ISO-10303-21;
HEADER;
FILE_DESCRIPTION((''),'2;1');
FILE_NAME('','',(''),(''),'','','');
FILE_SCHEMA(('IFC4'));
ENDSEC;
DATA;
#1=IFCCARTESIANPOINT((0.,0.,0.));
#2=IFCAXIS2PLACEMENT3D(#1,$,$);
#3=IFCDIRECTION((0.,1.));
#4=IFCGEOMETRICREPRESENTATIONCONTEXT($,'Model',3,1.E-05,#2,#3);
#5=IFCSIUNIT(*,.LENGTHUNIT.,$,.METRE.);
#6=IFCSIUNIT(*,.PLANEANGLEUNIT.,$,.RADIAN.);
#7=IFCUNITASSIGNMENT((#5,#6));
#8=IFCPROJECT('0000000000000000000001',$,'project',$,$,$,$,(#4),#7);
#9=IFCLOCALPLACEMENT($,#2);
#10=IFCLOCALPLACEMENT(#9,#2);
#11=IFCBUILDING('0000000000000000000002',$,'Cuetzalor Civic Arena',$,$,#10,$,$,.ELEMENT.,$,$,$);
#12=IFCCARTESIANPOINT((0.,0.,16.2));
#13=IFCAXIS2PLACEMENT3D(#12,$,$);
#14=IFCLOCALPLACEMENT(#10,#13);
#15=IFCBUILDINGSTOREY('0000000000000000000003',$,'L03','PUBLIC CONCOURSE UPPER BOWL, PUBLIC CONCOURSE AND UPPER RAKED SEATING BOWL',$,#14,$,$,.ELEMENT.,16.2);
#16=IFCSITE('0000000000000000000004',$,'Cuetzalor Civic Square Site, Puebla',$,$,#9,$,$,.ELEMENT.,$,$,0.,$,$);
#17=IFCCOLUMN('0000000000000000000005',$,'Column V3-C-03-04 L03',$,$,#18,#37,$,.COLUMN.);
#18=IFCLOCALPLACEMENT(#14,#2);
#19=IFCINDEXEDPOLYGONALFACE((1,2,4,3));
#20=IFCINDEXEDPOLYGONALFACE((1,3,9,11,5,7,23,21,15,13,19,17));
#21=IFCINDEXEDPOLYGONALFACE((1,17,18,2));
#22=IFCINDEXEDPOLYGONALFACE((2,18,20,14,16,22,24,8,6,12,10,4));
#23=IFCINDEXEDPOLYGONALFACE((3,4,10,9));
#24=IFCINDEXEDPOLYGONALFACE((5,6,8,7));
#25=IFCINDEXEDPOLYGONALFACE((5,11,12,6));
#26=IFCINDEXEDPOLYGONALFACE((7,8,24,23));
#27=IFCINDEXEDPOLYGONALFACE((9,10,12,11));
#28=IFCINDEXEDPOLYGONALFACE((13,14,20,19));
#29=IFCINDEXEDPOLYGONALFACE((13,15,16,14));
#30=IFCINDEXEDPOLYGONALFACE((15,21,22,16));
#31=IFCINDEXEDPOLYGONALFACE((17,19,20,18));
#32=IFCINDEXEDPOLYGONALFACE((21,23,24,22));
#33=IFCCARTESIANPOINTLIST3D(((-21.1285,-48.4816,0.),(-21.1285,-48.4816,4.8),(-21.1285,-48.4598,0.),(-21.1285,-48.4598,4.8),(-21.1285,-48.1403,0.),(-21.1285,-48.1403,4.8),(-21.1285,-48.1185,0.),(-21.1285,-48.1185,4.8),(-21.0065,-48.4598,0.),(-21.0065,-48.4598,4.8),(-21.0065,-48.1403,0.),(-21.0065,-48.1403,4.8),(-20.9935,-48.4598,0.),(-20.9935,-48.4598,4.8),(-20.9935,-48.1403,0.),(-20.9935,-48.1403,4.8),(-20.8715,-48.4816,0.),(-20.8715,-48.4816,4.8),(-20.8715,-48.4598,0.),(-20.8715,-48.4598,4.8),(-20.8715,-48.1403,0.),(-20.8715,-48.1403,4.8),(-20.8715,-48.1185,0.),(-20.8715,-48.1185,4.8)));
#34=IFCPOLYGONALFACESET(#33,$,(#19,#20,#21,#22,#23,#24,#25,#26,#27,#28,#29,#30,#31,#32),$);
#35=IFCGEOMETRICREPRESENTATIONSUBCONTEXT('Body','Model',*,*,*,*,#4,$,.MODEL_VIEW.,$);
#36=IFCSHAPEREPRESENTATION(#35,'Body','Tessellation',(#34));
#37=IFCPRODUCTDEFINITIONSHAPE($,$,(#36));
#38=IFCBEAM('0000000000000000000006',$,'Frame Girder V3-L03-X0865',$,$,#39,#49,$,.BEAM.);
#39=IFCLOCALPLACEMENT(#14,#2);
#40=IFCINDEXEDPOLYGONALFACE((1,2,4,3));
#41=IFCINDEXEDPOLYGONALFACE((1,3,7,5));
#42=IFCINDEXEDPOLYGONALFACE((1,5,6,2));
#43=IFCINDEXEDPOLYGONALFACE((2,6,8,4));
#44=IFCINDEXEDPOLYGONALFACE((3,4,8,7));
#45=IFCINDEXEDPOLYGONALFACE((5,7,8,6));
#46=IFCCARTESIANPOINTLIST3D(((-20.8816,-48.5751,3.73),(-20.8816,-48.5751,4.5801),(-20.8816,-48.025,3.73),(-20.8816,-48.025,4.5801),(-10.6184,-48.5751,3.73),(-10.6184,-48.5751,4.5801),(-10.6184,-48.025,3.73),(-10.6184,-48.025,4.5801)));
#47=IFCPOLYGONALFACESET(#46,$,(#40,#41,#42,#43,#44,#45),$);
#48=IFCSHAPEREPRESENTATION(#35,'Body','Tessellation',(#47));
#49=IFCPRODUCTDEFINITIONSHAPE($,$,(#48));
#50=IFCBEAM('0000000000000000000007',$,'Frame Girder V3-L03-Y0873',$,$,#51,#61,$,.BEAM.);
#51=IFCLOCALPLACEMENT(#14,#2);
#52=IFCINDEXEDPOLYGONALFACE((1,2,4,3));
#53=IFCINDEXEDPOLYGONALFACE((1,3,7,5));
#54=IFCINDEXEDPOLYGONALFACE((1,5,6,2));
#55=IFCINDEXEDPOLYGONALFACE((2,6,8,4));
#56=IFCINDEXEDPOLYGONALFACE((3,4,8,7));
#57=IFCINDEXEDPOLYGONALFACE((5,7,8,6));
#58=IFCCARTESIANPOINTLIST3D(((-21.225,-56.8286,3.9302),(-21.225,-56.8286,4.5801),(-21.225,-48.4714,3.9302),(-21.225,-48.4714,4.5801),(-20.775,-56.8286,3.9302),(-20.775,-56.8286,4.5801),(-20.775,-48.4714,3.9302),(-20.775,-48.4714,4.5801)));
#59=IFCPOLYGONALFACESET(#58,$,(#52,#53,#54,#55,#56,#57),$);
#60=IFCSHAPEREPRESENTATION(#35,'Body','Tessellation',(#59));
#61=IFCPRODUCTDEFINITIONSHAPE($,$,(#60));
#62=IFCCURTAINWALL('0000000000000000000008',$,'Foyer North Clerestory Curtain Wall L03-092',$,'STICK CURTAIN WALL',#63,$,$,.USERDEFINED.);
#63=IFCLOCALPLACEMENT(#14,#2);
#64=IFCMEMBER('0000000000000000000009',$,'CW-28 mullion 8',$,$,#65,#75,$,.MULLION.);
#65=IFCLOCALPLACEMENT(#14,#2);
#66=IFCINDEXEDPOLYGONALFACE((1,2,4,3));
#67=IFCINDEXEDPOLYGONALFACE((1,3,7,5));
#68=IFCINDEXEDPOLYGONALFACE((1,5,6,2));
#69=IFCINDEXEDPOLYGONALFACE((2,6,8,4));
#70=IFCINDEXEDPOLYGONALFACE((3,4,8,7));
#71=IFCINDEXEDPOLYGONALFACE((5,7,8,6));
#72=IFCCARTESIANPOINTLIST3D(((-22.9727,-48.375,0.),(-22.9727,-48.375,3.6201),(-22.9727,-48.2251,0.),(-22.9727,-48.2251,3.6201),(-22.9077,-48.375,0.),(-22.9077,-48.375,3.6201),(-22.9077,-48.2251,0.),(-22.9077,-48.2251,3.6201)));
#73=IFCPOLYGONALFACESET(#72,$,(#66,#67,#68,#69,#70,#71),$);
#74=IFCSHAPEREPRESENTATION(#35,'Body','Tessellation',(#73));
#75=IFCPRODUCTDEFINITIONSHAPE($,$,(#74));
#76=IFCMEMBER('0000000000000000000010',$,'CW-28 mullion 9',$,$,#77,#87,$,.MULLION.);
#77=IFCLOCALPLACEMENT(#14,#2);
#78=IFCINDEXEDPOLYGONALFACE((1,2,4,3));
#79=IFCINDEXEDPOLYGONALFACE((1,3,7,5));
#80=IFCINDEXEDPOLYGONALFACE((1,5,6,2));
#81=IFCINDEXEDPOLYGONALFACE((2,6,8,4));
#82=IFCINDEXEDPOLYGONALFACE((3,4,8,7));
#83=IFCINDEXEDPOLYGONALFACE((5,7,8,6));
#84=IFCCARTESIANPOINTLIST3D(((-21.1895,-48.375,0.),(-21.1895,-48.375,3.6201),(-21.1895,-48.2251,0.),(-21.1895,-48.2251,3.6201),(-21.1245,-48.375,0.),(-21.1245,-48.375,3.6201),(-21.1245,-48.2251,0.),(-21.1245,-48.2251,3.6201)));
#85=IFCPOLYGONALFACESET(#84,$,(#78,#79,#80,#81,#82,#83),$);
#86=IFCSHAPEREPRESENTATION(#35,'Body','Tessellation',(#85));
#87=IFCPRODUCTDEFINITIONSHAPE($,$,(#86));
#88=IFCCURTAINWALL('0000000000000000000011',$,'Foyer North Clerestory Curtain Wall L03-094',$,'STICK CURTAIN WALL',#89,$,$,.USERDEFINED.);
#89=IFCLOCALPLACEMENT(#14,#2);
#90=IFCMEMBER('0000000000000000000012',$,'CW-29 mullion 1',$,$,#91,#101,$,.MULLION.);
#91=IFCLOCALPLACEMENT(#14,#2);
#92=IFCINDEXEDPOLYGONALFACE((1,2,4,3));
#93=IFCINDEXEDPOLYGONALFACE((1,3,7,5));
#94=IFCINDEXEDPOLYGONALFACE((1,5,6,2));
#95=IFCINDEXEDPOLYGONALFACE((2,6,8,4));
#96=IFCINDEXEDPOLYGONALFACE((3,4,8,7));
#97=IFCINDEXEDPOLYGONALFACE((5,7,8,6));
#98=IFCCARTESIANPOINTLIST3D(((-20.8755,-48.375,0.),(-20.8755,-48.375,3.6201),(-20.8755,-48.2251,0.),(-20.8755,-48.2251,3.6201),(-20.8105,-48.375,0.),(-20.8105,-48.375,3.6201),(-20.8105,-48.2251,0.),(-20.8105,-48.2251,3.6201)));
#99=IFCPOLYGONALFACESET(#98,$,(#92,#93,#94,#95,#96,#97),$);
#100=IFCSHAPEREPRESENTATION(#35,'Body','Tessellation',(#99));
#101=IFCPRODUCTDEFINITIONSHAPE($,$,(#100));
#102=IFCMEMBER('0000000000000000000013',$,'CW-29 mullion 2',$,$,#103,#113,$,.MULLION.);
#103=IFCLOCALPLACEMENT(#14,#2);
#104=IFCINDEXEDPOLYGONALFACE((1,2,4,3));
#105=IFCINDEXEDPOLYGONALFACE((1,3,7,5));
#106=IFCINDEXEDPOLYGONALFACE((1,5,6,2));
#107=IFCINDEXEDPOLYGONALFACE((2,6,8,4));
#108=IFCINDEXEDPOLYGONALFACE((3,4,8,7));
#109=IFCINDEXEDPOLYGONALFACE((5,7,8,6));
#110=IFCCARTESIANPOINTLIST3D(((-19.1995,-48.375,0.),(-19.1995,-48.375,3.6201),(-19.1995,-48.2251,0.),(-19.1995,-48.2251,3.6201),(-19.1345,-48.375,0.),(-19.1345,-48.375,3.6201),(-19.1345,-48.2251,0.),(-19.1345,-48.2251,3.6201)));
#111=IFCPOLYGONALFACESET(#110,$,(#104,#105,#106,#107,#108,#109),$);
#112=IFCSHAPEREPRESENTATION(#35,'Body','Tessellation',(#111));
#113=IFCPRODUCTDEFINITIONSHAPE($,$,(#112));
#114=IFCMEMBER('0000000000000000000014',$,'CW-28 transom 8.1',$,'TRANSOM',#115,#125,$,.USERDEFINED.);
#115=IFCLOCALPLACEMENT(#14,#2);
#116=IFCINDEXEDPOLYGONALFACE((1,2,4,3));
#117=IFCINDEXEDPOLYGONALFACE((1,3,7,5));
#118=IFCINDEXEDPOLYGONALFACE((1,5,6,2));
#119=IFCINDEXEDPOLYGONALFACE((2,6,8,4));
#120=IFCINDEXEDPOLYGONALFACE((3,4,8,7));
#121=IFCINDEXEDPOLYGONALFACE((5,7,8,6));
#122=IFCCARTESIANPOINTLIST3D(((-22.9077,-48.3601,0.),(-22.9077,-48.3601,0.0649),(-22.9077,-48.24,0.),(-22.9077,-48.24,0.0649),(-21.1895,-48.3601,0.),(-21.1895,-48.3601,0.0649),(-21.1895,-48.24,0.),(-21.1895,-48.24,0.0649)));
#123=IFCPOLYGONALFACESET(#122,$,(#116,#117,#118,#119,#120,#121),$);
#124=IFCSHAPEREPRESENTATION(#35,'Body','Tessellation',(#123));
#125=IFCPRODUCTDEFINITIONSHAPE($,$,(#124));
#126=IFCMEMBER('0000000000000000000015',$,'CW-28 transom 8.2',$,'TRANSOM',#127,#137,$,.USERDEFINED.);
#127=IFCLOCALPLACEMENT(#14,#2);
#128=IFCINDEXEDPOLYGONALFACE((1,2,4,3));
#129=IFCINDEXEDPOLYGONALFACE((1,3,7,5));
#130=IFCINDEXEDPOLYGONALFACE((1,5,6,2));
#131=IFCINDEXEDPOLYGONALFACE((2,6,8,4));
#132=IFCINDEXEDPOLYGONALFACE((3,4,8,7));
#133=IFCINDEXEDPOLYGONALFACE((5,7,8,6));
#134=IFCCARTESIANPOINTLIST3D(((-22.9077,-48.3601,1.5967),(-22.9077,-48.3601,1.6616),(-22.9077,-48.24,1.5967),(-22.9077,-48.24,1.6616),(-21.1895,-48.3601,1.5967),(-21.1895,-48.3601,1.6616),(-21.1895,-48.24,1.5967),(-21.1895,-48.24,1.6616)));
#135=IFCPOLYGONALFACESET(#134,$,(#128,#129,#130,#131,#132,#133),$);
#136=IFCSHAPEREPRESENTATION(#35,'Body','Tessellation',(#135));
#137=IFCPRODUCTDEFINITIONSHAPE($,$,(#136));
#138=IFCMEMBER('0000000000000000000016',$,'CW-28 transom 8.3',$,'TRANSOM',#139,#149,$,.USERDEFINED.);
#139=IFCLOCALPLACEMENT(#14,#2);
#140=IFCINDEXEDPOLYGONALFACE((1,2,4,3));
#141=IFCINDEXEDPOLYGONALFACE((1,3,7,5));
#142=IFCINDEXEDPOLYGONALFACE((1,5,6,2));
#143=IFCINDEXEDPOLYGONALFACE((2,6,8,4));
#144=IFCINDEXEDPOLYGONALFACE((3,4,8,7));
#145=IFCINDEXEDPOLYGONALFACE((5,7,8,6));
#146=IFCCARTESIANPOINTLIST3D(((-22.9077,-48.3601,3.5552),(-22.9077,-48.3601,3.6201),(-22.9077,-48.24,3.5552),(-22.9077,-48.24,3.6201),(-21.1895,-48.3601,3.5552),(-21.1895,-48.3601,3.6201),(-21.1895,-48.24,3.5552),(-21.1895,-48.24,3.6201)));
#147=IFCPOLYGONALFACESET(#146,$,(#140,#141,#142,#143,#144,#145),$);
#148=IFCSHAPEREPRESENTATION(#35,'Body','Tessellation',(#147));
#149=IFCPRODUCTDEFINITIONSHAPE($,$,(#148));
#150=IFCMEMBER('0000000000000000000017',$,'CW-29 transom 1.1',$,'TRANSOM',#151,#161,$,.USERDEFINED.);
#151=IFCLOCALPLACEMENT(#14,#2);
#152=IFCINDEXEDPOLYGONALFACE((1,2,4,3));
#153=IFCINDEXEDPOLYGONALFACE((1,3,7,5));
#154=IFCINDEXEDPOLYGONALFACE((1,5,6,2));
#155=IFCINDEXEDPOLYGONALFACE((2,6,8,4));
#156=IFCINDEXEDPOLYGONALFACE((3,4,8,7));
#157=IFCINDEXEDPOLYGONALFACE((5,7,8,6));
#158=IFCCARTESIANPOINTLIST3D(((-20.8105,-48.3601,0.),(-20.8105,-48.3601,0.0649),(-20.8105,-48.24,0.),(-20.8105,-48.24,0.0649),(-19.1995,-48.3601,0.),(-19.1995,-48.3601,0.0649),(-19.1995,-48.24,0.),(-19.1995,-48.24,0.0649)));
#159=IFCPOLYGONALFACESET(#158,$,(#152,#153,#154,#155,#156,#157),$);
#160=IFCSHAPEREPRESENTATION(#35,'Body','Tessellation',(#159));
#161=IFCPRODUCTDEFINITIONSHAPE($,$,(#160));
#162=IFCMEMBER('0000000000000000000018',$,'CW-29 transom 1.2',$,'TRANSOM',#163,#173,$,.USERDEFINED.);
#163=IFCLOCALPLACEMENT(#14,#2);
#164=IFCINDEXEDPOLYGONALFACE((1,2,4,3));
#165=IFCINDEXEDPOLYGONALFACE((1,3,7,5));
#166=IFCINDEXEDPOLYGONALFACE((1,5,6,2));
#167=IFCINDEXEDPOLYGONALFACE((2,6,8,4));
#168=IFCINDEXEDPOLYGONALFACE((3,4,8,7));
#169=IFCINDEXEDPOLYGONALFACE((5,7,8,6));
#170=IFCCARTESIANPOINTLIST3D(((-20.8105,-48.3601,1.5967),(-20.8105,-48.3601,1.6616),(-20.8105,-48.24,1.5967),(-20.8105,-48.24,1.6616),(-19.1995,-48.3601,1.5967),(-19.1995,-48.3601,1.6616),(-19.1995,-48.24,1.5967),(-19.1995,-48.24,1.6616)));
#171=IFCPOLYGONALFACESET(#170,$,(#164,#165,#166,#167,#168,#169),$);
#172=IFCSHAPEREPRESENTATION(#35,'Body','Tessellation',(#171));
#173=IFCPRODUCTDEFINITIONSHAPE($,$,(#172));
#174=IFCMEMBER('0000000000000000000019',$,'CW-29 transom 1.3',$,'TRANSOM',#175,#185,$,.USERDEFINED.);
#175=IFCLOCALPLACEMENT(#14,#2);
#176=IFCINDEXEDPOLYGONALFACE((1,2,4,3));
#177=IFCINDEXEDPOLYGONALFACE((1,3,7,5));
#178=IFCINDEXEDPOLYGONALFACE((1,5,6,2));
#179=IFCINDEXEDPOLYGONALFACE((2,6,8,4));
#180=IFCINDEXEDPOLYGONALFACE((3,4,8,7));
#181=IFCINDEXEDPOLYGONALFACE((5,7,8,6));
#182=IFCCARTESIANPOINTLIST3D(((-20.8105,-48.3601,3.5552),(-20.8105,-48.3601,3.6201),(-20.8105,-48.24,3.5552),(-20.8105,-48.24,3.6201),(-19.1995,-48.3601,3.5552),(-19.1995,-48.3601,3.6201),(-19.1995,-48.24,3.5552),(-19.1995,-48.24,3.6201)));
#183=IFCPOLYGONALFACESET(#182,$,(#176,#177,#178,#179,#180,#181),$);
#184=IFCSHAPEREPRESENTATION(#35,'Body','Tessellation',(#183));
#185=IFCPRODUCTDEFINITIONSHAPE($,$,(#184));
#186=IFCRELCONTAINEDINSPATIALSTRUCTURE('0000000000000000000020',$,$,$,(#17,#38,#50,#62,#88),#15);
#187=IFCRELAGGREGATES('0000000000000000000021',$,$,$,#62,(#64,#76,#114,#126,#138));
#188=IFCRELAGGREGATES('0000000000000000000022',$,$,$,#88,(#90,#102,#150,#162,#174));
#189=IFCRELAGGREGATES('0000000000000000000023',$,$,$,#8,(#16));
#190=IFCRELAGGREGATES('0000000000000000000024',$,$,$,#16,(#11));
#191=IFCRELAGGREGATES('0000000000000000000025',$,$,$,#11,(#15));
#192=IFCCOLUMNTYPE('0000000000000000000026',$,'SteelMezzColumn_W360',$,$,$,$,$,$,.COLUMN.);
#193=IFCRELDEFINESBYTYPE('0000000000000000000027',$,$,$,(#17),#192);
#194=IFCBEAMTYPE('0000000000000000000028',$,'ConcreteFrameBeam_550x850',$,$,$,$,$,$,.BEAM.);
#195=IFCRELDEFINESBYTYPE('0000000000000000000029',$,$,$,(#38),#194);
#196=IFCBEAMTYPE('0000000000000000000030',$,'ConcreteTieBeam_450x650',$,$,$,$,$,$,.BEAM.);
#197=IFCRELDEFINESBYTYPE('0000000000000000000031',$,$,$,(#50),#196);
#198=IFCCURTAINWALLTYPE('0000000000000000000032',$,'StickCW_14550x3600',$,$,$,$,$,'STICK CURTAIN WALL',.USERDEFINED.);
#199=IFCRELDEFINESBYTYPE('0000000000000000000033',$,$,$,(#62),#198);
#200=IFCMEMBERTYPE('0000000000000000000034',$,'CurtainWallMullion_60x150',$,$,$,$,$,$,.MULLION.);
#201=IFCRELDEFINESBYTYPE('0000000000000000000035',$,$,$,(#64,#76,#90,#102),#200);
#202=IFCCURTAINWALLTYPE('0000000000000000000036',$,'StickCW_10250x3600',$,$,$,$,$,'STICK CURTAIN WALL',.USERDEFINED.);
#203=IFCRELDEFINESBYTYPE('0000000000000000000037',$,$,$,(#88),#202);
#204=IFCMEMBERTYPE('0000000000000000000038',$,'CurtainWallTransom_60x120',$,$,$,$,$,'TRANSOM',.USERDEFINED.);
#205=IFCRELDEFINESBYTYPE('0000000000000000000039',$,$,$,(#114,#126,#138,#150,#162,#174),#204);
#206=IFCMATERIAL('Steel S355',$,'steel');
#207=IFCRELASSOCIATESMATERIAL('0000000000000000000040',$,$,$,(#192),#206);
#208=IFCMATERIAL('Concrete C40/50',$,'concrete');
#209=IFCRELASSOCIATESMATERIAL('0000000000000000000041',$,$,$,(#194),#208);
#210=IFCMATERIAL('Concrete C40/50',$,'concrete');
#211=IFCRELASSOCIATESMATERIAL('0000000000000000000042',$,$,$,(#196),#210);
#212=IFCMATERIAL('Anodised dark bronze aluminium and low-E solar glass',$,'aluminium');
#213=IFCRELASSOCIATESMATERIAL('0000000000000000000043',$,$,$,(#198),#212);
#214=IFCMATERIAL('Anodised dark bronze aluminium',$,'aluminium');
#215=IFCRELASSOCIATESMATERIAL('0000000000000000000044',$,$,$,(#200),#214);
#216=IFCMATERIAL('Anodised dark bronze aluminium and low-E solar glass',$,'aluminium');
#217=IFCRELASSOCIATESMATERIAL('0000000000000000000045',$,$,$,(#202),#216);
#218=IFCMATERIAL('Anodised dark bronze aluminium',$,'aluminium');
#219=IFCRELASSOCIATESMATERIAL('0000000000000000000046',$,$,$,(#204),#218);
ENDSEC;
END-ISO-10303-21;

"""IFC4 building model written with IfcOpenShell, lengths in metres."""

from ifc_helpers import new_model, si_unit, direction, frame, origin, origin_2d, place, context, subcontext, project, spatial, rectangle, i_section, extrude, material, material_profile, profile_set, type_object, element, aggregate, save


model = new_model("IFC4")

# Units and contexts
model_context = context("Model", 3, precision=1e-05, world=origin(), true_north=direction((0.0, 1.0)))
body_context = subcontext(model_context, "Body", "Model", "MODEL_VIEW")
ifc_project = project(units=[si_unit("LENGTHUNIT", "METRE"), si_unit("PLANEANGLEUNIT", "RADIAN")], contexts=[model_context])

# Site, building, storey
site_placement = place(None, origin())
site = spatial("IfcSite", under=ifc_project, at=site_placement, Name="Cuetzalor Civic Square Site, Puebla", CompositionType="ELEMENT", RefElevation=0.0)
building_placement = place(site_placement, origin())
building = spatial("IfcBuilding", under=site, at=building_placement, Name="Cuetzalor Civic Arena", CompositionType="ELEMENT")
storey_placement = place(building_placement, frame((0.0, 0.0, 16.2)))
storey = spatial("IfcBuildingStorey", under=building, at=storey_placement, Name="L03", Description="PUBLIC CONCOURSE UPPER BOWL, PUBLIC CONCOURSE AND UPPER RAKED SEATING BOWL", CompositionType="ELEMENT", Elevation=16.2)

# Column
ifc_material_1 = material(Name="Steel S355", Category="steel")
ifc_material_profile_1 = material_profile(ifc_material_1, i_section(OverallWidth=0.2571, OverallDepth=0.363, WebThickness=0.0129, FlangeThickness=0.0217, at=origin_2d()), Name="W360x122")
ifc_profile_set_1 = profile_set([ifc_material_profile_1], Name="Steel S355")
column_type = type_object("IfcColumnType", Name="SteelMezzColumn_W360", PredefinedType="COLUMN", material=ifc_profile_set_1)
column_placement = place(storey_placement, frame((-21.0, -48.3, 0.0), z_axis=(0.0, 0.0, 1.0), x_axis=(1.0, 0.0, 0.0)))
element("IfcColumn", 1, at=column_placement, inside=storey, type_object=column_type, Name="Column V3-C-03-04 L03", PredefinedType="COLUMN", context=body_context, shape_type="SweptSolid", body=[
    extrude(i_section(OverallWidth=0.2571, OverallDepth=0.363, WebThickness=0.0129, FlangeThickness=0.0217, at=origin_2d()), origin(), (0.0, 0.0, 1.0), 4.8),
])

# Beams
ifc_material_2 = material(Name="Concrete C40/50", Category="concrete")
ifc_material_profile_2 = material_profile(ifc_material_2, rectangle(XDim=0.55, YDim=0.8501, at=origin_2d()), Name="RC 550x850")
ifc_profile_set_2 = profile_set([ifc_material_profile_2], Name="Concrete C40/50")
beam_type_1 = type_object("IfcBeamType", Name="ConcreteFrameBeam_550x850", PredefinedType="BEAM", material=ifc_profile_set_2)
beam_1_placement = place(storey_placement, frame((-20.8816, -48.3, 4.155), z_axis=(1.0, 0.0, 0.0), x_axis=(0.0, 1.0, 0.0)))
element("IfcBeam", 2, at=beam_1_placement, inside=storey, type_object=beam_type_1, Name="Frame Girder V3-L03-X0865", PredefinedType="BEAM", context=body_context, shape_type="SweptSolid", body=[
    extrude(rectangle(XDim=0.55, YDim=0.8501, at=origin_2d()), origin(), (0.0, 0.0, 1.0), 10.2632),
])
ifc_material_3 = material(Name="Concrete C40/50", Category="concrete")
ifc_material_profile_3 = material_profile(ifc_material_3, rectangle(XDim=0.45, YDim=0.6499, at=origin_2d()), Name="RC 450x650")
ifc_profile_set_3 = profile_set([ifc_material_profile_3], Name="Concrete C40/50")
beam_type_2 = type_object("IfcBeamType", Name="ConcreteTieBeam_450x650", PredefinedType="BEAM", material=ifc_profile_set_3)
beam_2_placement = place(storey_placement, frame((-21.0, -56.8286, 4.2551), z_axis=(0.0, 1.0, 0.0), x_axis=(-1.0, 0.0, 0.0)))
element("IfcBeam", 3, at=beam_2_placement, inside=storey, type_object=beam_type_2, Name="Frame Girder V3-L03-Y0873", PredefinedType="BEAM", context=body_context, shape_type="SweptSolid", body=[
    extrude(rectangle(XDim=0.45, YDim=0.6499, at=origin_2d()), origin(), (0.0, 0.0, 1.0), 8.3572),
])

# Curtain walls, members
ifc_material_4 = material(Name="Anodised dark bronze aluminium and low-E solar glass", Category="aluminium")
curtain_wall_type_1 = type_object("IfcCurtainWallType", Name="StickCW_14550x3600", ElementType="STICK CURTAIN WALL", PredefinedType="USERDEFINED", material=ifc_material_4)
curtain_wall_1_placement = place(storey_placement, origin())
curtain_wall_1 = element("IfcCurtainWall", 4, at=curtain_wall_1_placement, inside=storey, type_object=curtain_wall_type_1, Name="Foyer North Clerestory Curtain Wall L03-092", ObjectType="STICK CURTAIN WALL", PredefinedType="USERDEFINED")
ifc_material_5 = material(Name="Anodised dark bronze aluminium", Category="aluminium")
ifc_material_profile_4 = material_profile(ifc_material_5, rectangle(XDim=0.0649, YDim=0.1499, at=origin_2d()), Name="ALU MULLION 65x150")
ifc_profile_set_4 = profile_set([ifc_material_profile_4], Name="Anodised dark bronze aluminium")
member_type_1 = type_object("IfcMemberType", Name="CurtainWallMullion_60x150", PredefinedType="MULLION", material=ifc_profile_set_4)
member_1_placement = place(storey_placement, frame((-22.9402, -48.3, 0.0), z_axis=(0.0, 0.0, 1.0), x_axis=(1.0, 0.0, 0.0)))
member_1 = element("IfcMember", 5, at=member_1_placement, type_object=member_type_1, Name="CW-28 mullion 8", PredefinedType="MULLION", context=body_context, shape_type="SweptSolid", body=[
    extrude(rectangle(XDim=0.0649, YDim=0.1499, at=origin_2d()), origin(), (0.0, 0.0, 1.0), 3.6201),
])
member_2_placement = place(storey_placement, frame((-21.157, -48.3, 0.0), z_axis=(0.0, 0.0, 1.0), x_axis=(1.0, 0.0, 0.0)))
member_2 = element("IfcMember", 6, at=member_2_placement, type_object=member_type_1, Name="CW-28 mullion 9", PredefinedType="MULLION", context=body_context, shape_type="SweptSolid", body=[
    extrude(rectangle(XDim=0.0649, YDim=0.1499, at=origin_2d()), origin(), (0.0, 0.0, 1.0), 3.6201),
])
ifc_material_6 = material(Name="Anodised dark bronze aluminium and low-E solar glass", Category="aluminium")
curtain_wall_type_2 = type_object("IfcCurtainWallType", Name="StickCW_10250x3600", ElementType="STICK CURTAIN WALL", PredefinedType="USERDEFINED", material=ifc_material_6)
curtain_wall_2_placement = place(storey_placement, origin())
curtain_wall_2 = element("IfcCurtainWall", 7, at=curtain_wall_2_placement, inside=storey, type_object=curtain_wall_type_2, Name="Foyer North Clerestory Curtain Wall L03-094", ObjectType="STICK CURTAIN WALL", PredefinedType="USERDEFINED")
member_3_placement = place(storey_placement, frame((-20.843, -48.3, 0.0), z_axis=(0.0, 0.0, 1.0), x_axis=(1.0, 0.0, 0.0)))
member_3 = element("IfcMember", 8, at=member_3_placement, type_object=member_type_1, Name="CW-29 mullion 1", PredefinedType="MULLION", context=body_context, shape_type="SweptSolid", body=[
    extrude(rectangle(XDim=0.0649, YDim=0.1499, at=origin_2d()), origin(), (0.0, 0.0, 1.0), 3.6201),
])
member_4_placement = place(storey_placement, frame((-19.167, -48.3, 0.0), z_axis=(0.0, 0.0, 1.0), x_axis=(1.0, 0.0, 0.0)))
member_4 = element("IfcMember", 9, at=member_4_placement, type_object=member_type_1, Name="CW-29 mullion 2", PredefinedType="MULLION", context=body_context, shape_type="SweptSolid", body=[
    extrude(rectangle(XDim=0.0649, YDim=0.1499, at=origin_2d()), origin(), (0.0, 0.0, 1.0), 3.6201),
])

# Members
ifc_material_7 = material(Name="Anodised dark bronze aluminium", Category="aluminium")
ifc_material_profile_5 = material_profile(ifc_material_7, rectangle(XDim=0.1201, YDim=0.0649, at=origin_2d()), Name="ALU TRANSOM 65x120")
ifc_profile_set_5 = profile_set([ifc_material_profile_5], Name="Anodised dark bronze aluminium")
member_type_2 = type_object("IfcMemberType", Name="CurtainWallTransom_60x120", ElementType="TRANSOM", PredefinedType="USERDEFINED", material=ifc_profile_set_5)
member_5_placement = place(storey_placement, frame((-22.9077, -48.3, 0.0325), z_axis=(1.0, 0.0, 0.0), x_axis=(0.0, 1.0, 0.0)))
member_5 = element("IfcMember", 10, at=member_5_placement, type_object=member_type_2, Name="CW-28 transom 8.1", ObjectType="TRANSOM", PredefinedType="USERDEFINED", context=body_context, shape_type="SweptSolid", body=[
    extrude(rectangle(XDim=0.1201, YDim=0.0649, at=origin_2d()), origin(), (0.0, 0.0, 1.0), 1.7183),
])
member_6_placement = place(storey_placement, frame((-22.9077, -48.3, 1.6292), z_axis=(1.0, 0.0, 0.0), x_axis=(0.0, 1.0, 0.0)))
member_6 = element("IfcMember", 11, at=member_6_placement, type_object=member_type_2, Name="CW-28 transom 8.2", ObjectType="TRANSOM", PredefinedType="USERDEFINED", context=body_context, shape_type="SweptSolid", body=[
    extrude(rectangle(XDim=0.1201, YDim=0.0649, at=origin_2d()), origin(), (0.0, 0.0, 1.0), 1.7183),
])
member_7_placement = place(storey_placement, frame((-22.9077, -48.3, 3.5876), z_axis=(1.0, 0.0, 0.0), x_axis=(0.0, 1.0, 0.0)))
member_7 = element("IfcMember", 12, at=member_7_placement, type_object=member_type_2, Name="CW-28 transom 8.3", ObjectType="TRANSOM", PredefinedType="USERDEFINED", context=body_context, shape_type="SweptSolid", body=[
    extrude(rectangle(XDim=0.1201, YDim=0.0649, at=origin_2d()), origin(), (0.0, 0.0, 1.0), 1.7183),
])
member_8_placement = place(storey_placement, frame((-20.8105, -48.3, 0.0325), z_axis=(1.0, 0.0, 0.0), x_axis=(0.0, 1.0, 0.0)))
member_8 = element("IfcMember", 13, at=member_8_placement, type_object=member_type_2, Name="CW-29 transom 1.1", ObjectType="TRANSOM", PredefinedType="USERDEFINED", context=body_context, shape_type="SweptSolid", body=[
    extrude(rectangle(XDim=0.1201, YDim=0.0649, at=origin_2d()), origin(), (0.0, 0.0, 1.0), 1.6111),
])
member_9_placement = place(storey_placement, frame((-20.8105, -48.3, 1.6292), z_axis=(1.0, 0.0, 0.0), x_axis=(0.0, 1.0, 0.0)))
member_9 = element("IfcMember", 14, at=member_9_placement, type_object=member_type_2, Name="CW-29 transom 1.2", ObjectType="TRANSOM", PredefinedType="USERDEFINED", context=body_context, shape_type="SweptSolid", body=[
    extrude(rectangle(XDim=0.1201, YDim=0.0649, at=origin_2d()), origin(), (0.0, 0.0, 1.0), 1.6111),
])
member_10_placement = place(storey_placement, frame((-20.8105, -48.3, 3.5876), z_axis=(1.0, 0.0, 0.0), x_axis=(0.0, 1.0, 0.0)))
member_10 = element("IfcMember", 15, at=member_10_placement, type_object=member_type_2, Name="CW-29 transom 1.3", ObjectType="TRANSOM", PredefinedType="USERDEFINED", context=body_context, shape_type="SweptSolid", body=[
    extrude(rectangle(XDim=0.1201, YDim=0.0649, at=origin_2d()), origin(), (0.0, 0.0, 1.0), 1.6111),
])

aggregate(curtain_wall_1, [member_1, member_2, member_5, member_6, member_7])
aggregate(curtain_wall_2, [member_3, member_4, member_8, member_9, member_10])

save(model, "model.ifc")
